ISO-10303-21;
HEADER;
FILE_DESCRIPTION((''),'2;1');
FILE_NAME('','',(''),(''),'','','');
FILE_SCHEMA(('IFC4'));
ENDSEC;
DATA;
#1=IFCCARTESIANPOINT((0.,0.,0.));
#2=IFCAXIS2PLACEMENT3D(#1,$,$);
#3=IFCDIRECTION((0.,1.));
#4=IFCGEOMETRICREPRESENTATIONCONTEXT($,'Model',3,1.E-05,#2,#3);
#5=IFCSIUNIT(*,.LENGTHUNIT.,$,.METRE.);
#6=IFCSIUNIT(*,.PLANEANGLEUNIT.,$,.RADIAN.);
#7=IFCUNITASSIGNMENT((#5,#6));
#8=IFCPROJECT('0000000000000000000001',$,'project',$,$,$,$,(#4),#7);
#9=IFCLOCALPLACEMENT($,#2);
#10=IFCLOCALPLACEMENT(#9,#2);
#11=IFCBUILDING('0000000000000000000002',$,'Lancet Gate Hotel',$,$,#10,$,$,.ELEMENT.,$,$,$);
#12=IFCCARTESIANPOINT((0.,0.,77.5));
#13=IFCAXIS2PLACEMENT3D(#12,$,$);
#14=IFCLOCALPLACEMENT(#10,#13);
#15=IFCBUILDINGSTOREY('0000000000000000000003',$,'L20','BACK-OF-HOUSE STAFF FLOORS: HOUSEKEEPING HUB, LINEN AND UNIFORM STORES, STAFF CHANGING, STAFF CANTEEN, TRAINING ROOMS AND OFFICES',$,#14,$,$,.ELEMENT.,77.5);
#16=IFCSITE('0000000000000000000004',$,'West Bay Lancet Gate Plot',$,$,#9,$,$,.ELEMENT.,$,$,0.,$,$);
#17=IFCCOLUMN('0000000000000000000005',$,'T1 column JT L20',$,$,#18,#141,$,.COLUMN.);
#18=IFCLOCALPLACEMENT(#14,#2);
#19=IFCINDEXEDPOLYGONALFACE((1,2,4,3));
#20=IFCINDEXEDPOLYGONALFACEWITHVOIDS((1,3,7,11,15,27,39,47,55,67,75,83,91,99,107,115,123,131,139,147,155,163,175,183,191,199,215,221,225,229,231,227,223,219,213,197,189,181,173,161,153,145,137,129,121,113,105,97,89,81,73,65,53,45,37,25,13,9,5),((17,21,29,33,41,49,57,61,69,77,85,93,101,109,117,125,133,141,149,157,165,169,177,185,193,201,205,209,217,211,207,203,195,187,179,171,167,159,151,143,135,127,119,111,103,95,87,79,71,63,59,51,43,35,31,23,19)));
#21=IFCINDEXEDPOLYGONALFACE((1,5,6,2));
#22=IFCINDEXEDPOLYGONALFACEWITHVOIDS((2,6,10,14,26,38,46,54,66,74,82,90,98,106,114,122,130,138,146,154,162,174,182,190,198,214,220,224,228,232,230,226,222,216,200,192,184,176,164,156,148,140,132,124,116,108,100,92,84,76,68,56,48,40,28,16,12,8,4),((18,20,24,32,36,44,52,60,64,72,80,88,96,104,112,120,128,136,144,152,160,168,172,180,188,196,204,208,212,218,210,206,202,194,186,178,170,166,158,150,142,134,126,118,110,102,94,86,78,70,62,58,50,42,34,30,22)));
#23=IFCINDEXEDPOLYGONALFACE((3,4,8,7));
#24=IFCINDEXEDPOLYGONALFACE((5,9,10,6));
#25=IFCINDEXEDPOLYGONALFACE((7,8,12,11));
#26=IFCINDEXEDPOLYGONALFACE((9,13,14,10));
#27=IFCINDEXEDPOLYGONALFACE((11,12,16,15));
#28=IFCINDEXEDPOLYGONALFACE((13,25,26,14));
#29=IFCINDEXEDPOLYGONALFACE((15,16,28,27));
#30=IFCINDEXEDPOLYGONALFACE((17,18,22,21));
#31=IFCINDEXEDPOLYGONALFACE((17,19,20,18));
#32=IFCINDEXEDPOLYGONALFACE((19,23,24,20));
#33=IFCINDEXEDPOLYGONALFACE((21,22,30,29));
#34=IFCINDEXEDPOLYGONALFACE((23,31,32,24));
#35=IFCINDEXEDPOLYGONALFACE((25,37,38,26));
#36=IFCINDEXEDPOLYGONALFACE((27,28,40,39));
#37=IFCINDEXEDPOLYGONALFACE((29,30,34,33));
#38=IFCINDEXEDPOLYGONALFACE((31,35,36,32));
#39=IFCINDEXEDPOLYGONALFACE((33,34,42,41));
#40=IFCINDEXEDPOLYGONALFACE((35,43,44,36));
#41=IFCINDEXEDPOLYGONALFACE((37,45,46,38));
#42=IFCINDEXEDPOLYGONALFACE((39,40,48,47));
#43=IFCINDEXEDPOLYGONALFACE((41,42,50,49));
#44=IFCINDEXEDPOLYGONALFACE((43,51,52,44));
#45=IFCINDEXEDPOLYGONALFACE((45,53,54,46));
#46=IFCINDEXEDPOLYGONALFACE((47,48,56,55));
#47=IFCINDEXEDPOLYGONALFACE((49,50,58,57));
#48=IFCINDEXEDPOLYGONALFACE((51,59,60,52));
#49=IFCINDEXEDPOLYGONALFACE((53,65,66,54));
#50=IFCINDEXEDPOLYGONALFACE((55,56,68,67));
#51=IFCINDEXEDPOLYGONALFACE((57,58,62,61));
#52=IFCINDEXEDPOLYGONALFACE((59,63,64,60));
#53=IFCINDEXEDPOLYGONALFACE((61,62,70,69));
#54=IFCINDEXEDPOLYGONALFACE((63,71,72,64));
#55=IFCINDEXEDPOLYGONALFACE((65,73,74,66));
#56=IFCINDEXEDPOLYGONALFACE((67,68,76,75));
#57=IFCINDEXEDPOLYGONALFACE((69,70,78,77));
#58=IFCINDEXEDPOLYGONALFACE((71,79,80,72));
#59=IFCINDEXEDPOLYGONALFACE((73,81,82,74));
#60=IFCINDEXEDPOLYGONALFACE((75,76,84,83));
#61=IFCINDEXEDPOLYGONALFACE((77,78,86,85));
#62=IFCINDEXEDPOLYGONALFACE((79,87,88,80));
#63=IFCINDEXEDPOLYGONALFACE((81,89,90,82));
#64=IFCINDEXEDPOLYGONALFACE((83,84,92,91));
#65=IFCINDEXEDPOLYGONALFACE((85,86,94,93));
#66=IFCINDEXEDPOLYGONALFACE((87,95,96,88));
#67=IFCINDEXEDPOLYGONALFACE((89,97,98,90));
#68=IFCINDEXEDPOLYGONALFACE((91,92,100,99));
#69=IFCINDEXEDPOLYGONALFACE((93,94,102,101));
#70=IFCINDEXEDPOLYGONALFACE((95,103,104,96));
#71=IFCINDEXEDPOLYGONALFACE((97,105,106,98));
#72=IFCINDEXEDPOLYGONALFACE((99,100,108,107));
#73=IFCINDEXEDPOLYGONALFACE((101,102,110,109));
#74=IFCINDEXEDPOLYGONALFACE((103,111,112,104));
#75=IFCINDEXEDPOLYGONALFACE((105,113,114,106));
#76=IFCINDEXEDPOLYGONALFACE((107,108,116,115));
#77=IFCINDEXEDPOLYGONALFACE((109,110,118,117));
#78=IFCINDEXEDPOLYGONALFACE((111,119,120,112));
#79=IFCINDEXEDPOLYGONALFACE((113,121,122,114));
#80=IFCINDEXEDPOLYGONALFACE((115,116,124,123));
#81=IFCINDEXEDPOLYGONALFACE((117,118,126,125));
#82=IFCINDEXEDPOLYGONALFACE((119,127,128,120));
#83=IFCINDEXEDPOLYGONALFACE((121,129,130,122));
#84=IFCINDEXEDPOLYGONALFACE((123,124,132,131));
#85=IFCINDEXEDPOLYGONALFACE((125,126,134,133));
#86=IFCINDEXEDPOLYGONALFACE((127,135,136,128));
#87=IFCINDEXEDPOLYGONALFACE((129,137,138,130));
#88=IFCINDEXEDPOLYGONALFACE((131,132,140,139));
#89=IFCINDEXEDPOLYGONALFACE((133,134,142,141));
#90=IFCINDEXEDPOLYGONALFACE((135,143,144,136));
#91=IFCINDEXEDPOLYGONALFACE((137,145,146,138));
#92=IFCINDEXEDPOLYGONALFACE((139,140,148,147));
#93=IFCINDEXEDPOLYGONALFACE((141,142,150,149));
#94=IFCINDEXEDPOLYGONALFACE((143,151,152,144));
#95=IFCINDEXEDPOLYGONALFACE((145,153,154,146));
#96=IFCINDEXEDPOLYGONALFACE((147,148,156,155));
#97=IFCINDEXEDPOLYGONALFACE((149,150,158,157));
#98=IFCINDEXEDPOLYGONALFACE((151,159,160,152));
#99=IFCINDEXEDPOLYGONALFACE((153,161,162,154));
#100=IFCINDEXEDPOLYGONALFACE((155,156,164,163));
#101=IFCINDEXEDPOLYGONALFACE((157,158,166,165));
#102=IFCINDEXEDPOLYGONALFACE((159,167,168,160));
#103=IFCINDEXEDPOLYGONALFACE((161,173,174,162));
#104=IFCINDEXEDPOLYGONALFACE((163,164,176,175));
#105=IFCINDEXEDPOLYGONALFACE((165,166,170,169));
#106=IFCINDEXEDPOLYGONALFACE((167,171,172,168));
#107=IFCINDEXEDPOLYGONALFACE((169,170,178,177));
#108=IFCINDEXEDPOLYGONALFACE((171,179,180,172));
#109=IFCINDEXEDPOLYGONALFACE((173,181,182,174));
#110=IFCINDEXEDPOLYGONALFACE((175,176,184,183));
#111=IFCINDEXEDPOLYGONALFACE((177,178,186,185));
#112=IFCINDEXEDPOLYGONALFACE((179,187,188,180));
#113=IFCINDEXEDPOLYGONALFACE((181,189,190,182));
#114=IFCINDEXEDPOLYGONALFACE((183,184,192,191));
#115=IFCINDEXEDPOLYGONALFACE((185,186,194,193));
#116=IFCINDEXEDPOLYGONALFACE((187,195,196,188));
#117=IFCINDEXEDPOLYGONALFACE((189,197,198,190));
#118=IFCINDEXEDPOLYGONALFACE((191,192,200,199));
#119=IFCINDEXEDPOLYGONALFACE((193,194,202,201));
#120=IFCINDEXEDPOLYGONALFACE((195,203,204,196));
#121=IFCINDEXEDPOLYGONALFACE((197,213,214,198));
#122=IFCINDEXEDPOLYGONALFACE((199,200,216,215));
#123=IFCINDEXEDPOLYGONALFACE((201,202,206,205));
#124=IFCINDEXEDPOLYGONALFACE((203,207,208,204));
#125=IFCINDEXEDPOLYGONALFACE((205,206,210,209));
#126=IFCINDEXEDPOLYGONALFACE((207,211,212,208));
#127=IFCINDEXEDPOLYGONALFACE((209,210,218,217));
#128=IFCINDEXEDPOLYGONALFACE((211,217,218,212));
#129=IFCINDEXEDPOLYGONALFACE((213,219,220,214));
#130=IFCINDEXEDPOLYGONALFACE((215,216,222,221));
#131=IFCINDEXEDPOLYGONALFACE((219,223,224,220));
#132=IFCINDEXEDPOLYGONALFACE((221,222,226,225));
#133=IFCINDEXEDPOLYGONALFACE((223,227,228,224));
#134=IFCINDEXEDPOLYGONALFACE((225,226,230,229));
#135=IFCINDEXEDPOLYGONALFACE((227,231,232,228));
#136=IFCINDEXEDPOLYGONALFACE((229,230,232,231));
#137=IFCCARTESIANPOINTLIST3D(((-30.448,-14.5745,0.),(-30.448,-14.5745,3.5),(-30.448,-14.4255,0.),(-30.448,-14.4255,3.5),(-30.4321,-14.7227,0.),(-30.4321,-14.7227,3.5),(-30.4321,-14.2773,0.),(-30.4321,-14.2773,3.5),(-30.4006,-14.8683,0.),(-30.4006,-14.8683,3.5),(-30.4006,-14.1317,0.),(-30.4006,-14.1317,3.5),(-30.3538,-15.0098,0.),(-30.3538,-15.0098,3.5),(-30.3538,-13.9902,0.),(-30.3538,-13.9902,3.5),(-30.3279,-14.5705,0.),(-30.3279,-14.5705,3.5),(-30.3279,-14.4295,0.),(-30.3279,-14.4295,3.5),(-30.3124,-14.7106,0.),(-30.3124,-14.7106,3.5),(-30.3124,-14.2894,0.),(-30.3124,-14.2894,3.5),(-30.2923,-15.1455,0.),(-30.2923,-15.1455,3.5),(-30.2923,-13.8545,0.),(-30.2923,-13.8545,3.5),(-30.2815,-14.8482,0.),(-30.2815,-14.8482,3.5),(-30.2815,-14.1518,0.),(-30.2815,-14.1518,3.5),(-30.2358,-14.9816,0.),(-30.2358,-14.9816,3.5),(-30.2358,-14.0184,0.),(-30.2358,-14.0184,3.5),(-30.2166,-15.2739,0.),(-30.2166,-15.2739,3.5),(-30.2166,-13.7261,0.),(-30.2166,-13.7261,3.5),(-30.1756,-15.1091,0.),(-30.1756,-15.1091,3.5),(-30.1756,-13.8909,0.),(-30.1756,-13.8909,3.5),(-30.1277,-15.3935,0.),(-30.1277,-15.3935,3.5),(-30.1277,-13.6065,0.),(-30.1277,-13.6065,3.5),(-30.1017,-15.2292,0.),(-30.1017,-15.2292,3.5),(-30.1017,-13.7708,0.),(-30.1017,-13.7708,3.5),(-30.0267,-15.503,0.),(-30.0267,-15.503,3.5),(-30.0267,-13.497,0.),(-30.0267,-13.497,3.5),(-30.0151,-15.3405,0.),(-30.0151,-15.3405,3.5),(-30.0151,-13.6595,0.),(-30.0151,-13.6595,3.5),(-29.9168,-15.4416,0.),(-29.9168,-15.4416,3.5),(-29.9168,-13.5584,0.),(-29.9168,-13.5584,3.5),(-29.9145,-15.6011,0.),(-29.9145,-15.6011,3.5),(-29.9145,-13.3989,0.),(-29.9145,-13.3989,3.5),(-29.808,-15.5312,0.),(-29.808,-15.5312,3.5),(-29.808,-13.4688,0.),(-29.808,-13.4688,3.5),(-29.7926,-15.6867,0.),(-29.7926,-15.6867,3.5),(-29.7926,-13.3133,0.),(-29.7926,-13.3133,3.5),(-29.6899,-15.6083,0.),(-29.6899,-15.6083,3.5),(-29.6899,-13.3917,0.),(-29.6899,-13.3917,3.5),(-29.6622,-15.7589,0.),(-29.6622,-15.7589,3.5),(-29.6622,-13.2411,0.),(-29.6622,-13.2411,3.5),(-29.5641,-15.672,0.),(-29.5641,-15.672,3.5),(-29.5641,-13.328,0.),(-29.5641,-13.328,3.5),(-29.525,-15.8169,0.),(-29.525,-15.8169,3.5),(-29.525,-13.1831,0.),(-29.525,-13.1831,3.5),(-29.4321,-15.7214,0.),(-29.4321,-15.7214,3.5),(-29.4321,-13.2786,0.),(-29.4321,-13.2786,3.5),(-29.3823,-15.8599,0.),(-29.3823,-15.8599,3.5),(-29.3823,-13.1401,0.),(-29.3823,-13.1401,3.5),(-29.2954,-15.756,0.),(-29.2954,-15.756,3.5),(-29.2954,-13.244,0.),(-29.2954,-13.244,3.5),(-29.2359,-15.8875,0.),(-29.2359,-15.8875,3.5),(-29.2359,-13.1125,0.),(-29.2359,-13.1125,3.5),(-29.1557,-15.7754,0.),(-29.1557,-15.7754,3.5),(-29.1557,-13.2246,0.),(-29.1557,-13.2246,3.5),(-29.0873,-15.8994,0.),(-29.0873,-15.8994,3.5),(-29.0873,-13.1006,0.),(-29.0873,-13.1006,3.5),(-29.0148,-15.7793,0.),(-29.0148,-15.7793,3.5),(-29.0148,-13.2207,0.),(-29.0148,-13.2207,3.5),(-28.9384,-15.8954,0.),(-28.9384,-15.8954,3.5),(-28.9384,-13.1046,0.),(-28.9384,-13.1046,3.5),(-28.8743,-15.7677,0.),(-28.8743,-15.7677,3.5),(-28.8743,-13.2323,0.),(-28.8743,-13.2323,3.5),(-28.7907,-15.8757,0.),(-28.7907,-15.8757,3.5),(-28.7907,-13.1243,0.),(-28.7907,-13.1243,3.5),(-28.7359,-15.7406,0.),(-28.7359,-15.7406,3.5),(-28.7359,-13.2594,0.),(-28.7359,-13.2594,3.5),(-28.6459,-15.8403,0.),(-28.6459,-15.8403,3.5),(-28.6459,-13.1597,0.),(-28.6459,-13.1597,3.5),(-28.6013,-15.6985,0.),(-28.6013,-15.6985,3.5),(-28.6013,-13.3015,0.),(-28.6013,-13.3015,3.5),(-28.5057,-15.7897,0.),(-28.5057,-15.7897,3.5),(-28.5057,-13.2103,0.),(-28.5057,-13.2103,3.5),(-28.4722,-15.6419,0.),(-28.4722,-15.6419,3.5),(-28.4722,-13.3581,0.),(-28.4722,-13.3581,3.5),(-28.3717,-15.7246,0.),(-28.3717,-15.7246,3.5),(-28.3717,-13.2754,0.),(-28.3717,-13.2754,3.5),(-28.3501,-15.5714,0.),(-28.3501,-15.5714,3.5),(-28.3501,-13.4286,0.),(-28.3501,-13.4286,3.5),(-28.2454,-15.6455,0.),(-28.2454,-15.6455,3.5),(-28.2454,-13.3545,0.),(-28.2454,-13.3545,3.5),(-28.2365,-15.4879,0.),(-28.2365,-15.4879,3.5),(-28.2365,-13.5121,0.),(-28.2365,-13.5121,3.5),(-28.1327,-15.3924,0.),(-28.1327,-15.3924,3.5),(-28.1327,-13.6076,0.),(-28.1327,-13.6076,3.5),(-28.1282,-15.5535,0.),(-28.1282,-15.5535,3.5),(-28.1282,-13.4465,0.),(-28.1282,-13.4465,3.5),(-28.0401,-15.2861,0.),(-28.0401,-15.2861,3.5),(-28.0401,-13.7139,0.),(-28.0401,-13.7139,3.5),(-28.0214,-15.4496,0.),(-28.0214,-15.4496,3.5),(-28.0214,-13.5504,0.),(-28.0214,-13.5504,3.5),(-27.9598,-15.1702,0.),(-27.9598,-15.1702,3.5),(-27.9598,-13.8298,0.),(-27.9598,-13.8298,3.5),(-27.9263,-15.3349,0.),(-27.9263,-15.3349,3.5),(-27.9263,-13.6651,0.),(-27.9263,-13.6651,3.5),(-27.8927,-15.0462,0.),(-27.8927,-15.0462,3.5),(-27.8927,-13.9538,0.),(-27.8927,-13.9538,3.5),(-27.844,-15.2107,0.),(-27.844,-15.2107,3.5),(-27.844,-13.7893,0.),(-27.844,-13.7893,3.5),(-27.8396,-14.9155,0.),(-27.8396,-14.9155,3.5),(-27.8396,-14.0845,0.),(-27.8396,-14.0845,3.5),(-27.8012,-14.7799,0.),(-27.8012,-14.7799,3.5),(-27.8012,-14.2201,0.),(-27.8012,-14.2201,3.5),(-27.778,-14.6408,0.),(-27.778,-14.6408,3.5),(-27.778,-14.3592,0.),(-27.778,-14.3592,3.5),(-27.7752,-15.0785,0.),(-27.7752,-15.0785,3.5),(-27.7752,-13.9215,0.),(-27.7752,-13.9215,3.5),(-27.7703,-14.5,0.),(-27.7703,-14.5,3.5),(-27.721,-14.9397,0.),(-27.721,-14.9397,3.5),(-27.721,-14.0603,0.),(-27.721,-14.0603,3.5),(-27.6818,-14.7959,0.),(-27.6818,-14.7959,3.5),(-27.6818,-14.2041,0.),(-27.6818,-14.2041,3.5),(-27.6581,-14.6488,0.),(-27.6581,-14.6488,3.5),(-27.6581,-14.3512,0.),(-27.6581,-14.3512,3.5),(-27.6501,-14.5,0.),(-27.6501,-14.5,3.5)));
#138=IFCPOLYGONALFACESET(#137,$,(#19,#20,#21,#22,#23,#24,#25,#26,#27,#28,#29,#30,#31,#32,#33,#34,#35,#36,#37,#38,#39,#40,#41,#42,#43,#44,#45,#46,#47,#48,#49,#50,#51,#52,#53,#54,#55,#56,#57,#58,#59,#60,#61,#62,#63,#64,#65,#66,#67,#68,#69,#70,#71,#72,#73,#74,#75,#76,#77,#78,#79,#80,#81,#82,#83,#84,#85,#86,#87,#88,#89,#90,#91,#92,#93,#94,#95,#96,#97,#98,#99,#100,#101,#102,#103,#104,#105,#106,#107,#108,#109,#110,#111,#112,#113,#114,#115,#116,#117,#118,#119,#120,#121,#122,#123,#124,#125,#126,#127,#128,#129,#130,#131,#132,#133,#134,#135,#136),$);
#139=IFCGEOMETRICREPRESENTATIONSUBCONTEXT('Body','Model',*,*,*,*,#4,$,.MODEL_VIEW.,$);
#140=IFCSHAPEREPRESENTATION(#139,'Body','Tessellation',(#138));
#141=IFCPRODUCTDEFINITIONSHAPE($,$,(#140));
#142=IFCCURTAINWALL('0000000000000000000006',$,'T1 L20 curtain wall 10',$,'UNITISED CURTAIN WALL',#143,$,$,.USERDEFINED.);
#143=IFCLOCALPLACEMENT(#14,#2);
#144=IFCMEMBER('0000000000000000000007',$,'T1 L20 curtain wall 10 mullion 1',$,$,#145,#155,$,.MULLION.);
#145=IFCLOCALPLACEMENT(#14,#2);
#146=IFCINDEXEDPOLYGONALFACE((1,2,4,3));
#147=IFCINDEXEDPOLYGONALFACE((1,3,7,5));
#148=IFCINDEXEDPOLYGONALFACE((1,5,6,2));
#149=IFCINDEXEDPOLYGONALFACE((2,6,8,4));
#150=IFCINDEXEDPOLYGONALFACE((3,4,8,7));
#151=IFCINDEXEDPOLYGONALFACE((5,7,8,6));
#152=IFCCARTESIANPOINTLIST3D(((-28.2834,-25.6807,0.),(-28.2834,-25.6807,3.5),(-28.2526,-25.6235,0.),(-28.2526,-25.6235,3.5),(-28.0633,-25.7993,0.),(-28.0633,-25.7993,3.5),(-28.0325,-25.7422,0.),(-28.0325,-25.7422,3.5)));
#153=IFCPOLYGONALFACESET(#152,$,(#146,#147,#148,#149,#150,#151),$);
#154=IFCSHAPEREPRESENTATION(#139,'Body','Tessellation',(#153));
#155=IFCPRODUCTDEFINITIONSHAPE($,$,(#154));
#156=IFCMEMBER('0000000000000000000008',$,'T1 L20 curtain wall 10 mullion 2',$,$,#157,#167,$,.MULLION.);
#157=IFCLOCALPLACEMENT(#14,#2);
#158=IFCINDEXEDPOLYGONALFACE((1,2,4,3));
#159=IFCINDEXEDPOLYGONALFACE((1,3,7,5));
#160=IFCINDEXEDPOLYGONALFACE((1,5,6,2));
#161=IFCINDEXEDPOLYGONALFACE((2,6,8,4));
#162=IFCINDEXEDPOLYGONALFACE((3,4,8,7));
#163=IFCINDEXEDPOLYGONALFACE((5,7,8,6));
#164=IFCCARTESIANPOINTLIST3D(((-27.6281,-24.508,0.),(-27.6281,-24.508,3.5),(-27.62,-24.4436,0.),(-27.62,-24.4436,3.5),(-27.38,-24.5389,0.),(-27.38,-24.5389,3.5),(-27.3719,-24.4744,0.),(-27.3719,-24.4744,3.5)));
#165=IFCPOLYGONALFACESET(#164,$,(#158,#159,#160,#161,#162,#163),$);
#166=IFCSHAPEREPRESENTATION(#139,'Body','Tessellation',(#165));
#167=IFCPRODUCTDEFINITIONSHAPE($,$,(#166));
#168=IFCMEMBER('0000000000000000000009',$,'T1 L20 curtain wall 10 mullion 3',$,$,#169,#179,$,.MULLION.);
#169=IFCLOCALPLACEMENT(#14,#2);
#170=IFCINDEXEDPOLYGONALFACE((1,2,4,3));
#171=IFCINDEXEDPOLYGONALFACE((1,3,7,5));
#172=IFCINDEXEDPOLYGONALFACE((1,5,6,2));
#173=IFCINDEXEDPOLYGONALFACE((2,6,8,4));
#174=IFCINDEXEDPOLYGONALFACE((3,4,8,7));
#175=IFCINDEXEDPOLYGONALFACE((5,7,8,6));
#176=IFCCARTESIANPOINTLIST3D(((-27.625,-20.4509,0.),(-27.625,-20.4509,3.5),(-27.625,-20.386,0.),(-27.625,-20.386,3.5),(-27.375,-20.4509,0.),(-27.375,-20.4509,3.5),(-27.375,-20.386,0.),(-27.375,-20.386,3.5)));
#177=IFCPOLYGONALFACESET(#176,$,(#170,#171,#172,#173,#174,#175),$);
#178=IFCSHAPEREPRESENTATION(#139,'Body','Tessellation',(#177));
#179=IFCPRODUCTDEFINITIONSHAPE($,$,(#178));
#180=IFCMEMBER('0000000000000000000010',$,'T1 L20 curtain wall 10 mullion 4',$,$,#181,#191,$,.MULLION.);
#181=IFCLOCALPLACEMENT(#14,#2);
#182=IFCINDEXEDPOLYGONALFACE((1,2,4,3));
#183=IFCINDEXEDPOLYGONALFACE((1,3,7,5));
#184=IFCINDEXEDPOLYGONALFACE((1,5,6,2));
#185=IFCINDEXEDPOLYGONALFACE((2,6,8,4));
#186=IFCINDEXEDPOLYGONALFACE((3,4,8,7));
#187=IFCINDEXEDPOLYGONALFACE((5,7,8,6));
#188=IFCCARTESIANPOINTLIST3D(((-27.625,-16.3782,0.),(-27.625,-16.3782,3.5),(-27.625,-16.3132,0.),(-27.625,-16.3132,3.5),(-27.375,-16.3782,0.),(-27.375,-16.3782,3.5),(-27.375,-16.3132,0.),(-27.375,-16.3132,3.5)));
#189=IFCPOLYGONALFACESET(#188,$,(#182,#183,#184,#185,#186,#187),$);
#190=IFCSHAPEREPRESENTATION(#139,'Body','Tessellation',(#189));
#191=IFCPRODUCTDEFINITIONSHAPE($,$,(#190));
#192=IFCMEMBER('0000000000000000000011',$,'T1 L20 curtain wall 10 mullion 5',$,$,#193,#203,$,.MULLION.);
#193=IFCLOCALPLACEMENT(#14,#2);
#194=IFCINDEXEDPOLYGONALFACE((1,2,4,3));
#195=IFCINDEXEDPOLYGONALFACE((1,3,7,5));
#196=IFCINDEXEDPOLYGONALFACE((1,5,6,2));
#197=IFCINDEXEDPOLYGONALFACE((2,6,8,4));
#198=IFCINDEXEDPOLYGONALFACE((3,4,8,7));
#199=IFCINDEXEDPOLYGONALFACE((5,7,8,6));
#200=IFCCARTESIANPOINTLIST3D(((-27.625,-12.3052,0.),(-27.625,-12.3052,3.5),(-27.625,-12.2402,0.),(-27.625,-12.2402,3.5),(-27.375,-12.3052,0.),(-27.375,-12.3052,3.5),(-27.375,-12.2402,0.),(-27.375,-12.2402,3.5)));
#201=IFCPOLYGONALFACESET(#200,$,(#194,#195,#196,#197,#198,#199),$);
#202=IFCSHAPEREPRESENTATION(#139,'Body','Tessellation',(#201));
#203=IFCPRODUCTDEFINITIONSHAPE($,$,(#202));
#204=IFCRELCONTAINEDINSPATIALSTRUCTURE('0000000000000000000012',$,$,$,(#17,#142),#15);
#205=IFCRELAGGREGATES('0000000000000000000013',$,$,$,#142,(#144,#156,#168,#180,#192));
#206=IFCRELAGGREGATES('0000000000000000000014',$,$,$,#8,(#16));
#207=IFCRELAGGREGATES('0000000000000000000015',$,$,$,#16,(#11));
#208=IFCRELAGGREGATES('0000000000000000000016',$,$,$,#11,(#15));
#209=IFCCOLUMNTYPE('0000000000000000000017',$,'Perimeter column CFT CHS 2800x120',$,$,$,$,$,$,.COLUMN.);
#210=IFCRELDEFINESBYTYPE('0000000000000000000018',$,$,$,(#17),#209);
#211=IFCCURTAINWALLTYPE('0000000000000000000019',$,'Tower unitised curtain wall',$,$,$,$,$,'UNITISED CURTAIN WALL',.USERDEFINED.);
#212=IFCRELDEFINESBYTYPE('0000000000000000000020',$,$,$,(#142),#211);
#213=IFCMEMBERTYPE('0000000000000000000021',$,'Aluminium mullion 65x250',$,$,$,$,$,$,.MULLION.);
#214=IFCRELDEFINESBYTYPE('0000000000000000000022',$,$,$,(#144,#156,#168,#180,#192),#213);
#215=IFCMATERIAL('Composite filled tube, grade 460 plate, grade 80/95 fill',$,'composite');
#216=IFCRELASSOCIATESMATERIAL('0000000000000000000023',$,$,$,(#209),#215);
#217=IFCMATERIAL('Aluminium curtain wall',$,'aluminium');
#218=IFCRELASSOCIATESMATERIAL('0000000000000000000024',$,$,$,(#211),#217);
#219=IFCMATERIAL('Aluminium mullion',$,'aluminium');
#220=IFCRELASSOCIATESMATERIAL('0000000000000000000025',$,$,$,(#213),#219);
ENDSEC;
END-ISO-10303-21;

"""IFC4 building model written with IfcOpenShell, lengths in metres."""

from ifc_helpers import new_model, si_unit, direction, frame, origin, origin_2d, place, context, subcontext, project, spatial, rectangle, hollow_circle, extrude, material, material_profile, profile_set, type_object, element, aggregate, save


model = new_model("IFC4")

# Units and contexts
model_context = context("Model", 3, precision=1e-05, world=origin(), true_north=direction((0.0, 1.0)))
body_context = subcontext(model_context, "Body", "Model", "MODEL_VIEW")
ifc_project = project(units=[si_unit("LENGTHUNIT", "METRE"), si_unit("PLANEANGLEUNIT", "RADIAN")], contexts=[model_context])

# Site, building, storey
site_placement = place(None, origin())
site = spatial("IfcSite", under=ifc_project, at=site_placement, Name="West Bay Lancet Gate Plot", CompositionType="ELEMENT", RefElevation=0.0)
building_placement = place(site_placement, origin())
building = spatial("IfcBuilding", under=site, at=building_placement, Name="Lancet Gate Hotel", CompositionType="ELEMENT")
storey_placement = place(building_placement, frame((0.0, 0.0, 77.5)))
storey = spatial("IfcBuildingStorey", under=building, at=storey_placement, Name="L20", Description="BACK-OF-HOUSE STAFF FLOORS: HOUSEKEEPING HUB, LINEN AND UNIFORM STORES, STAFF CHANGING, STAFF CANTEEN, TRAINING ROOMS AND OFFICES", CompositionType="ELEMENT", Elevation=77.5)

# Column
ifc_material_1 = material(Name="Composite filled tube, grade 460 plate, grade 80/95 fill", Category="composite")
ifc_material_profile_1 = material_profile(ifc_material_1, hollow_circle(Radius=1.3999, WallThickness=0.1201, at=origin_2d()), Name="CHS 2800x120")
ifc_profile_set_1 = profile_set([ifc_material_profile_1], Name="Composite filled tube, grade 460 plate, grade 80/95 fill")
column_type = type_object("IfcColumnType", Name="Perimeter column CFT CHS 2800x120", PredefinedType="COLUMN", material=ifc_profile_set_1)
for number, where, z_axis, x_axis, name in (
    (1, (-29.05, -14.5, 0.0), (0.0, 0.0, 1.0), (1.0, 0.0, 0.0), "T1 column JT L20"),
):
    element("IfcColumn", number, at=place(storey_placement, frame(where, z_axis=z_axis, x_axis=x_axis)), inside=storey, type_object=column_type, Name=name, PredefinedType="COLUMN", context=body_context, shape_type="SweptSolid", body=[
        extrude(hollow_circle(Radius=1.3999, WallThickness=0.1201, at=origin_2d()), origin(), (0.0, 0.0, 1.0), 3.5),
    ])

# Curtain wall, members
ifc_material_2 = material(Name="Aluminium curtain wall", Category="aluminium")
curtain_wall_type = type_object("IfcCurtainWallType", Name="Tower unitised curtain wall", ElementType="UNITISED CURTAIN WALL", PredefinedType="USERDEFINED", material=ifc_material_2)
curtain_wall_placement = place(storey_placement, origin())
curtain_wall = element("IfcCurtainWall", 2, at=curtain_wall_placement, inside=storey, type_object=curtain_wall_type, Name="T1 L20 curtain wall 10", ObjectType="UNITISED CURTAIN WALL", PredefinedType="USERDEFINED")
ifc_material_3 = material(Name="Aluminium mullion", Category="aluminium")
ifc_material_profile_2 = material_profile(ifc_material_3, rectangle(XDim=0.0649, YDim=0.25, at=origin_2d()), Name="MULLION 65x250")
ifc_profile_set_2 = profile_set([ifc_material_profile_2], Name="Aluminium mullion")
member_type_1 = type_object("IfcMemberType", Name="Aluminium mullion 65x250", PredefinedType="MULLION", material=ifc_profile_set_2)
member_1_placement = place(storey_placement, frame((-28.158, -25.7114, 0.0), z_axis=(0.0, 0.0, 1.0), x_axis=(0.474631, 0.880185, 0.0)))
member_1 = element("IfcMember", 3, at=member_1_placement, type_object=member_type_1, Name="T1 L20 curtain wall 10 mullion 1", PredefinedType="MULLION", context=body_context, shape_type="SweptSolid", body=[
    extrude(rectangle(XDim=0.0649, YDim=0.25, at=origin_2d()), origin(), (0.0, 0.0, 1.0), 3.5),
])
member_2_placement = place(storey_placement, frame((-27.5, -24.4912, 0.0), z_axis=(0.0, 0.0, 1.0), x_axis=(0.123364, 0.992362, 0.0)))
member_2 = element("IfcMember", 4, at=member_2_placement, type_object=member_type_1, Name="T1 L20 curtain wall 10 mullion 2", PredefinedType="MULLION", context=body_context, shape_type="SweptSolid", body=[
    extrude(rectangle(XDim=0.0649, YDim=0.25, at=origin_2d()), origin(), (0.0, 0.0, 1.0), 3.5),
])
member_3_placement = place(storey_placement, frame((-27.5, -20.4185, 0.0), z_axis=(0.0, 0.0, 1.0), x_axis=(0.0, 1.0, 0.0)))
member_3 = element("IfcMember", 5, at=member_3_placement, type_object=member_type_1, Name="T1 L20 curtain wall 10 mullion 3", PredefinedType="MULLION", context=body_context, shape_type="SweptSolid", body=[
    extrude(rectangle(XDim=0.0649, YDim=0.25, at=origin_2d()), origin(), (0.0, 0.0, 1.0), 3.5),
])
member_4_placement = place(storey_placement, frame((-27.5, -16.3457, 0.0), z_axis=(0.0, 0.0, 1.0), x_axis=(0.0, 1.0, 0.0)))
member_4 = element("IfcMember", 6, at=member_4_placement, type_object=member_type_1, Name="T1 L20 curtain wall 10 mullion 4", PredefinedType="MULLION", context=body_context, shape_type="SweptSolid", body=[
    extrude(rectangle(XDim=0.0649, YDim=0.25, at=origin_2d()), origin(), (0.0, 0.0, 1.0), 3.5),
])
member_5_placement = place(storey_placement, frame((-27.5, -12.2727, 0.0), z_axis=(0.0, 0.0, 1.0), x_axis=(0.0, 1.0, 0.0)))
member_5 = element("IfcMember", 7, at=member_5_placement, type_object=member_type_1, Name="T1 L20 curtain wall 10 mullion 5", PredefinedType="MULLION", context=body_context, shape_type="SweptSolid", body=[
    extrude(rectangle(XDim=0.0649, YDim=0.25, at=origin_2d()), origin(), (0.0, 0.0, 1.0), 3.5),
])

aggregate(curtain_wall, [member_1, member_2, member_3, member_4, member_5])

save(model, "model.ifc")
